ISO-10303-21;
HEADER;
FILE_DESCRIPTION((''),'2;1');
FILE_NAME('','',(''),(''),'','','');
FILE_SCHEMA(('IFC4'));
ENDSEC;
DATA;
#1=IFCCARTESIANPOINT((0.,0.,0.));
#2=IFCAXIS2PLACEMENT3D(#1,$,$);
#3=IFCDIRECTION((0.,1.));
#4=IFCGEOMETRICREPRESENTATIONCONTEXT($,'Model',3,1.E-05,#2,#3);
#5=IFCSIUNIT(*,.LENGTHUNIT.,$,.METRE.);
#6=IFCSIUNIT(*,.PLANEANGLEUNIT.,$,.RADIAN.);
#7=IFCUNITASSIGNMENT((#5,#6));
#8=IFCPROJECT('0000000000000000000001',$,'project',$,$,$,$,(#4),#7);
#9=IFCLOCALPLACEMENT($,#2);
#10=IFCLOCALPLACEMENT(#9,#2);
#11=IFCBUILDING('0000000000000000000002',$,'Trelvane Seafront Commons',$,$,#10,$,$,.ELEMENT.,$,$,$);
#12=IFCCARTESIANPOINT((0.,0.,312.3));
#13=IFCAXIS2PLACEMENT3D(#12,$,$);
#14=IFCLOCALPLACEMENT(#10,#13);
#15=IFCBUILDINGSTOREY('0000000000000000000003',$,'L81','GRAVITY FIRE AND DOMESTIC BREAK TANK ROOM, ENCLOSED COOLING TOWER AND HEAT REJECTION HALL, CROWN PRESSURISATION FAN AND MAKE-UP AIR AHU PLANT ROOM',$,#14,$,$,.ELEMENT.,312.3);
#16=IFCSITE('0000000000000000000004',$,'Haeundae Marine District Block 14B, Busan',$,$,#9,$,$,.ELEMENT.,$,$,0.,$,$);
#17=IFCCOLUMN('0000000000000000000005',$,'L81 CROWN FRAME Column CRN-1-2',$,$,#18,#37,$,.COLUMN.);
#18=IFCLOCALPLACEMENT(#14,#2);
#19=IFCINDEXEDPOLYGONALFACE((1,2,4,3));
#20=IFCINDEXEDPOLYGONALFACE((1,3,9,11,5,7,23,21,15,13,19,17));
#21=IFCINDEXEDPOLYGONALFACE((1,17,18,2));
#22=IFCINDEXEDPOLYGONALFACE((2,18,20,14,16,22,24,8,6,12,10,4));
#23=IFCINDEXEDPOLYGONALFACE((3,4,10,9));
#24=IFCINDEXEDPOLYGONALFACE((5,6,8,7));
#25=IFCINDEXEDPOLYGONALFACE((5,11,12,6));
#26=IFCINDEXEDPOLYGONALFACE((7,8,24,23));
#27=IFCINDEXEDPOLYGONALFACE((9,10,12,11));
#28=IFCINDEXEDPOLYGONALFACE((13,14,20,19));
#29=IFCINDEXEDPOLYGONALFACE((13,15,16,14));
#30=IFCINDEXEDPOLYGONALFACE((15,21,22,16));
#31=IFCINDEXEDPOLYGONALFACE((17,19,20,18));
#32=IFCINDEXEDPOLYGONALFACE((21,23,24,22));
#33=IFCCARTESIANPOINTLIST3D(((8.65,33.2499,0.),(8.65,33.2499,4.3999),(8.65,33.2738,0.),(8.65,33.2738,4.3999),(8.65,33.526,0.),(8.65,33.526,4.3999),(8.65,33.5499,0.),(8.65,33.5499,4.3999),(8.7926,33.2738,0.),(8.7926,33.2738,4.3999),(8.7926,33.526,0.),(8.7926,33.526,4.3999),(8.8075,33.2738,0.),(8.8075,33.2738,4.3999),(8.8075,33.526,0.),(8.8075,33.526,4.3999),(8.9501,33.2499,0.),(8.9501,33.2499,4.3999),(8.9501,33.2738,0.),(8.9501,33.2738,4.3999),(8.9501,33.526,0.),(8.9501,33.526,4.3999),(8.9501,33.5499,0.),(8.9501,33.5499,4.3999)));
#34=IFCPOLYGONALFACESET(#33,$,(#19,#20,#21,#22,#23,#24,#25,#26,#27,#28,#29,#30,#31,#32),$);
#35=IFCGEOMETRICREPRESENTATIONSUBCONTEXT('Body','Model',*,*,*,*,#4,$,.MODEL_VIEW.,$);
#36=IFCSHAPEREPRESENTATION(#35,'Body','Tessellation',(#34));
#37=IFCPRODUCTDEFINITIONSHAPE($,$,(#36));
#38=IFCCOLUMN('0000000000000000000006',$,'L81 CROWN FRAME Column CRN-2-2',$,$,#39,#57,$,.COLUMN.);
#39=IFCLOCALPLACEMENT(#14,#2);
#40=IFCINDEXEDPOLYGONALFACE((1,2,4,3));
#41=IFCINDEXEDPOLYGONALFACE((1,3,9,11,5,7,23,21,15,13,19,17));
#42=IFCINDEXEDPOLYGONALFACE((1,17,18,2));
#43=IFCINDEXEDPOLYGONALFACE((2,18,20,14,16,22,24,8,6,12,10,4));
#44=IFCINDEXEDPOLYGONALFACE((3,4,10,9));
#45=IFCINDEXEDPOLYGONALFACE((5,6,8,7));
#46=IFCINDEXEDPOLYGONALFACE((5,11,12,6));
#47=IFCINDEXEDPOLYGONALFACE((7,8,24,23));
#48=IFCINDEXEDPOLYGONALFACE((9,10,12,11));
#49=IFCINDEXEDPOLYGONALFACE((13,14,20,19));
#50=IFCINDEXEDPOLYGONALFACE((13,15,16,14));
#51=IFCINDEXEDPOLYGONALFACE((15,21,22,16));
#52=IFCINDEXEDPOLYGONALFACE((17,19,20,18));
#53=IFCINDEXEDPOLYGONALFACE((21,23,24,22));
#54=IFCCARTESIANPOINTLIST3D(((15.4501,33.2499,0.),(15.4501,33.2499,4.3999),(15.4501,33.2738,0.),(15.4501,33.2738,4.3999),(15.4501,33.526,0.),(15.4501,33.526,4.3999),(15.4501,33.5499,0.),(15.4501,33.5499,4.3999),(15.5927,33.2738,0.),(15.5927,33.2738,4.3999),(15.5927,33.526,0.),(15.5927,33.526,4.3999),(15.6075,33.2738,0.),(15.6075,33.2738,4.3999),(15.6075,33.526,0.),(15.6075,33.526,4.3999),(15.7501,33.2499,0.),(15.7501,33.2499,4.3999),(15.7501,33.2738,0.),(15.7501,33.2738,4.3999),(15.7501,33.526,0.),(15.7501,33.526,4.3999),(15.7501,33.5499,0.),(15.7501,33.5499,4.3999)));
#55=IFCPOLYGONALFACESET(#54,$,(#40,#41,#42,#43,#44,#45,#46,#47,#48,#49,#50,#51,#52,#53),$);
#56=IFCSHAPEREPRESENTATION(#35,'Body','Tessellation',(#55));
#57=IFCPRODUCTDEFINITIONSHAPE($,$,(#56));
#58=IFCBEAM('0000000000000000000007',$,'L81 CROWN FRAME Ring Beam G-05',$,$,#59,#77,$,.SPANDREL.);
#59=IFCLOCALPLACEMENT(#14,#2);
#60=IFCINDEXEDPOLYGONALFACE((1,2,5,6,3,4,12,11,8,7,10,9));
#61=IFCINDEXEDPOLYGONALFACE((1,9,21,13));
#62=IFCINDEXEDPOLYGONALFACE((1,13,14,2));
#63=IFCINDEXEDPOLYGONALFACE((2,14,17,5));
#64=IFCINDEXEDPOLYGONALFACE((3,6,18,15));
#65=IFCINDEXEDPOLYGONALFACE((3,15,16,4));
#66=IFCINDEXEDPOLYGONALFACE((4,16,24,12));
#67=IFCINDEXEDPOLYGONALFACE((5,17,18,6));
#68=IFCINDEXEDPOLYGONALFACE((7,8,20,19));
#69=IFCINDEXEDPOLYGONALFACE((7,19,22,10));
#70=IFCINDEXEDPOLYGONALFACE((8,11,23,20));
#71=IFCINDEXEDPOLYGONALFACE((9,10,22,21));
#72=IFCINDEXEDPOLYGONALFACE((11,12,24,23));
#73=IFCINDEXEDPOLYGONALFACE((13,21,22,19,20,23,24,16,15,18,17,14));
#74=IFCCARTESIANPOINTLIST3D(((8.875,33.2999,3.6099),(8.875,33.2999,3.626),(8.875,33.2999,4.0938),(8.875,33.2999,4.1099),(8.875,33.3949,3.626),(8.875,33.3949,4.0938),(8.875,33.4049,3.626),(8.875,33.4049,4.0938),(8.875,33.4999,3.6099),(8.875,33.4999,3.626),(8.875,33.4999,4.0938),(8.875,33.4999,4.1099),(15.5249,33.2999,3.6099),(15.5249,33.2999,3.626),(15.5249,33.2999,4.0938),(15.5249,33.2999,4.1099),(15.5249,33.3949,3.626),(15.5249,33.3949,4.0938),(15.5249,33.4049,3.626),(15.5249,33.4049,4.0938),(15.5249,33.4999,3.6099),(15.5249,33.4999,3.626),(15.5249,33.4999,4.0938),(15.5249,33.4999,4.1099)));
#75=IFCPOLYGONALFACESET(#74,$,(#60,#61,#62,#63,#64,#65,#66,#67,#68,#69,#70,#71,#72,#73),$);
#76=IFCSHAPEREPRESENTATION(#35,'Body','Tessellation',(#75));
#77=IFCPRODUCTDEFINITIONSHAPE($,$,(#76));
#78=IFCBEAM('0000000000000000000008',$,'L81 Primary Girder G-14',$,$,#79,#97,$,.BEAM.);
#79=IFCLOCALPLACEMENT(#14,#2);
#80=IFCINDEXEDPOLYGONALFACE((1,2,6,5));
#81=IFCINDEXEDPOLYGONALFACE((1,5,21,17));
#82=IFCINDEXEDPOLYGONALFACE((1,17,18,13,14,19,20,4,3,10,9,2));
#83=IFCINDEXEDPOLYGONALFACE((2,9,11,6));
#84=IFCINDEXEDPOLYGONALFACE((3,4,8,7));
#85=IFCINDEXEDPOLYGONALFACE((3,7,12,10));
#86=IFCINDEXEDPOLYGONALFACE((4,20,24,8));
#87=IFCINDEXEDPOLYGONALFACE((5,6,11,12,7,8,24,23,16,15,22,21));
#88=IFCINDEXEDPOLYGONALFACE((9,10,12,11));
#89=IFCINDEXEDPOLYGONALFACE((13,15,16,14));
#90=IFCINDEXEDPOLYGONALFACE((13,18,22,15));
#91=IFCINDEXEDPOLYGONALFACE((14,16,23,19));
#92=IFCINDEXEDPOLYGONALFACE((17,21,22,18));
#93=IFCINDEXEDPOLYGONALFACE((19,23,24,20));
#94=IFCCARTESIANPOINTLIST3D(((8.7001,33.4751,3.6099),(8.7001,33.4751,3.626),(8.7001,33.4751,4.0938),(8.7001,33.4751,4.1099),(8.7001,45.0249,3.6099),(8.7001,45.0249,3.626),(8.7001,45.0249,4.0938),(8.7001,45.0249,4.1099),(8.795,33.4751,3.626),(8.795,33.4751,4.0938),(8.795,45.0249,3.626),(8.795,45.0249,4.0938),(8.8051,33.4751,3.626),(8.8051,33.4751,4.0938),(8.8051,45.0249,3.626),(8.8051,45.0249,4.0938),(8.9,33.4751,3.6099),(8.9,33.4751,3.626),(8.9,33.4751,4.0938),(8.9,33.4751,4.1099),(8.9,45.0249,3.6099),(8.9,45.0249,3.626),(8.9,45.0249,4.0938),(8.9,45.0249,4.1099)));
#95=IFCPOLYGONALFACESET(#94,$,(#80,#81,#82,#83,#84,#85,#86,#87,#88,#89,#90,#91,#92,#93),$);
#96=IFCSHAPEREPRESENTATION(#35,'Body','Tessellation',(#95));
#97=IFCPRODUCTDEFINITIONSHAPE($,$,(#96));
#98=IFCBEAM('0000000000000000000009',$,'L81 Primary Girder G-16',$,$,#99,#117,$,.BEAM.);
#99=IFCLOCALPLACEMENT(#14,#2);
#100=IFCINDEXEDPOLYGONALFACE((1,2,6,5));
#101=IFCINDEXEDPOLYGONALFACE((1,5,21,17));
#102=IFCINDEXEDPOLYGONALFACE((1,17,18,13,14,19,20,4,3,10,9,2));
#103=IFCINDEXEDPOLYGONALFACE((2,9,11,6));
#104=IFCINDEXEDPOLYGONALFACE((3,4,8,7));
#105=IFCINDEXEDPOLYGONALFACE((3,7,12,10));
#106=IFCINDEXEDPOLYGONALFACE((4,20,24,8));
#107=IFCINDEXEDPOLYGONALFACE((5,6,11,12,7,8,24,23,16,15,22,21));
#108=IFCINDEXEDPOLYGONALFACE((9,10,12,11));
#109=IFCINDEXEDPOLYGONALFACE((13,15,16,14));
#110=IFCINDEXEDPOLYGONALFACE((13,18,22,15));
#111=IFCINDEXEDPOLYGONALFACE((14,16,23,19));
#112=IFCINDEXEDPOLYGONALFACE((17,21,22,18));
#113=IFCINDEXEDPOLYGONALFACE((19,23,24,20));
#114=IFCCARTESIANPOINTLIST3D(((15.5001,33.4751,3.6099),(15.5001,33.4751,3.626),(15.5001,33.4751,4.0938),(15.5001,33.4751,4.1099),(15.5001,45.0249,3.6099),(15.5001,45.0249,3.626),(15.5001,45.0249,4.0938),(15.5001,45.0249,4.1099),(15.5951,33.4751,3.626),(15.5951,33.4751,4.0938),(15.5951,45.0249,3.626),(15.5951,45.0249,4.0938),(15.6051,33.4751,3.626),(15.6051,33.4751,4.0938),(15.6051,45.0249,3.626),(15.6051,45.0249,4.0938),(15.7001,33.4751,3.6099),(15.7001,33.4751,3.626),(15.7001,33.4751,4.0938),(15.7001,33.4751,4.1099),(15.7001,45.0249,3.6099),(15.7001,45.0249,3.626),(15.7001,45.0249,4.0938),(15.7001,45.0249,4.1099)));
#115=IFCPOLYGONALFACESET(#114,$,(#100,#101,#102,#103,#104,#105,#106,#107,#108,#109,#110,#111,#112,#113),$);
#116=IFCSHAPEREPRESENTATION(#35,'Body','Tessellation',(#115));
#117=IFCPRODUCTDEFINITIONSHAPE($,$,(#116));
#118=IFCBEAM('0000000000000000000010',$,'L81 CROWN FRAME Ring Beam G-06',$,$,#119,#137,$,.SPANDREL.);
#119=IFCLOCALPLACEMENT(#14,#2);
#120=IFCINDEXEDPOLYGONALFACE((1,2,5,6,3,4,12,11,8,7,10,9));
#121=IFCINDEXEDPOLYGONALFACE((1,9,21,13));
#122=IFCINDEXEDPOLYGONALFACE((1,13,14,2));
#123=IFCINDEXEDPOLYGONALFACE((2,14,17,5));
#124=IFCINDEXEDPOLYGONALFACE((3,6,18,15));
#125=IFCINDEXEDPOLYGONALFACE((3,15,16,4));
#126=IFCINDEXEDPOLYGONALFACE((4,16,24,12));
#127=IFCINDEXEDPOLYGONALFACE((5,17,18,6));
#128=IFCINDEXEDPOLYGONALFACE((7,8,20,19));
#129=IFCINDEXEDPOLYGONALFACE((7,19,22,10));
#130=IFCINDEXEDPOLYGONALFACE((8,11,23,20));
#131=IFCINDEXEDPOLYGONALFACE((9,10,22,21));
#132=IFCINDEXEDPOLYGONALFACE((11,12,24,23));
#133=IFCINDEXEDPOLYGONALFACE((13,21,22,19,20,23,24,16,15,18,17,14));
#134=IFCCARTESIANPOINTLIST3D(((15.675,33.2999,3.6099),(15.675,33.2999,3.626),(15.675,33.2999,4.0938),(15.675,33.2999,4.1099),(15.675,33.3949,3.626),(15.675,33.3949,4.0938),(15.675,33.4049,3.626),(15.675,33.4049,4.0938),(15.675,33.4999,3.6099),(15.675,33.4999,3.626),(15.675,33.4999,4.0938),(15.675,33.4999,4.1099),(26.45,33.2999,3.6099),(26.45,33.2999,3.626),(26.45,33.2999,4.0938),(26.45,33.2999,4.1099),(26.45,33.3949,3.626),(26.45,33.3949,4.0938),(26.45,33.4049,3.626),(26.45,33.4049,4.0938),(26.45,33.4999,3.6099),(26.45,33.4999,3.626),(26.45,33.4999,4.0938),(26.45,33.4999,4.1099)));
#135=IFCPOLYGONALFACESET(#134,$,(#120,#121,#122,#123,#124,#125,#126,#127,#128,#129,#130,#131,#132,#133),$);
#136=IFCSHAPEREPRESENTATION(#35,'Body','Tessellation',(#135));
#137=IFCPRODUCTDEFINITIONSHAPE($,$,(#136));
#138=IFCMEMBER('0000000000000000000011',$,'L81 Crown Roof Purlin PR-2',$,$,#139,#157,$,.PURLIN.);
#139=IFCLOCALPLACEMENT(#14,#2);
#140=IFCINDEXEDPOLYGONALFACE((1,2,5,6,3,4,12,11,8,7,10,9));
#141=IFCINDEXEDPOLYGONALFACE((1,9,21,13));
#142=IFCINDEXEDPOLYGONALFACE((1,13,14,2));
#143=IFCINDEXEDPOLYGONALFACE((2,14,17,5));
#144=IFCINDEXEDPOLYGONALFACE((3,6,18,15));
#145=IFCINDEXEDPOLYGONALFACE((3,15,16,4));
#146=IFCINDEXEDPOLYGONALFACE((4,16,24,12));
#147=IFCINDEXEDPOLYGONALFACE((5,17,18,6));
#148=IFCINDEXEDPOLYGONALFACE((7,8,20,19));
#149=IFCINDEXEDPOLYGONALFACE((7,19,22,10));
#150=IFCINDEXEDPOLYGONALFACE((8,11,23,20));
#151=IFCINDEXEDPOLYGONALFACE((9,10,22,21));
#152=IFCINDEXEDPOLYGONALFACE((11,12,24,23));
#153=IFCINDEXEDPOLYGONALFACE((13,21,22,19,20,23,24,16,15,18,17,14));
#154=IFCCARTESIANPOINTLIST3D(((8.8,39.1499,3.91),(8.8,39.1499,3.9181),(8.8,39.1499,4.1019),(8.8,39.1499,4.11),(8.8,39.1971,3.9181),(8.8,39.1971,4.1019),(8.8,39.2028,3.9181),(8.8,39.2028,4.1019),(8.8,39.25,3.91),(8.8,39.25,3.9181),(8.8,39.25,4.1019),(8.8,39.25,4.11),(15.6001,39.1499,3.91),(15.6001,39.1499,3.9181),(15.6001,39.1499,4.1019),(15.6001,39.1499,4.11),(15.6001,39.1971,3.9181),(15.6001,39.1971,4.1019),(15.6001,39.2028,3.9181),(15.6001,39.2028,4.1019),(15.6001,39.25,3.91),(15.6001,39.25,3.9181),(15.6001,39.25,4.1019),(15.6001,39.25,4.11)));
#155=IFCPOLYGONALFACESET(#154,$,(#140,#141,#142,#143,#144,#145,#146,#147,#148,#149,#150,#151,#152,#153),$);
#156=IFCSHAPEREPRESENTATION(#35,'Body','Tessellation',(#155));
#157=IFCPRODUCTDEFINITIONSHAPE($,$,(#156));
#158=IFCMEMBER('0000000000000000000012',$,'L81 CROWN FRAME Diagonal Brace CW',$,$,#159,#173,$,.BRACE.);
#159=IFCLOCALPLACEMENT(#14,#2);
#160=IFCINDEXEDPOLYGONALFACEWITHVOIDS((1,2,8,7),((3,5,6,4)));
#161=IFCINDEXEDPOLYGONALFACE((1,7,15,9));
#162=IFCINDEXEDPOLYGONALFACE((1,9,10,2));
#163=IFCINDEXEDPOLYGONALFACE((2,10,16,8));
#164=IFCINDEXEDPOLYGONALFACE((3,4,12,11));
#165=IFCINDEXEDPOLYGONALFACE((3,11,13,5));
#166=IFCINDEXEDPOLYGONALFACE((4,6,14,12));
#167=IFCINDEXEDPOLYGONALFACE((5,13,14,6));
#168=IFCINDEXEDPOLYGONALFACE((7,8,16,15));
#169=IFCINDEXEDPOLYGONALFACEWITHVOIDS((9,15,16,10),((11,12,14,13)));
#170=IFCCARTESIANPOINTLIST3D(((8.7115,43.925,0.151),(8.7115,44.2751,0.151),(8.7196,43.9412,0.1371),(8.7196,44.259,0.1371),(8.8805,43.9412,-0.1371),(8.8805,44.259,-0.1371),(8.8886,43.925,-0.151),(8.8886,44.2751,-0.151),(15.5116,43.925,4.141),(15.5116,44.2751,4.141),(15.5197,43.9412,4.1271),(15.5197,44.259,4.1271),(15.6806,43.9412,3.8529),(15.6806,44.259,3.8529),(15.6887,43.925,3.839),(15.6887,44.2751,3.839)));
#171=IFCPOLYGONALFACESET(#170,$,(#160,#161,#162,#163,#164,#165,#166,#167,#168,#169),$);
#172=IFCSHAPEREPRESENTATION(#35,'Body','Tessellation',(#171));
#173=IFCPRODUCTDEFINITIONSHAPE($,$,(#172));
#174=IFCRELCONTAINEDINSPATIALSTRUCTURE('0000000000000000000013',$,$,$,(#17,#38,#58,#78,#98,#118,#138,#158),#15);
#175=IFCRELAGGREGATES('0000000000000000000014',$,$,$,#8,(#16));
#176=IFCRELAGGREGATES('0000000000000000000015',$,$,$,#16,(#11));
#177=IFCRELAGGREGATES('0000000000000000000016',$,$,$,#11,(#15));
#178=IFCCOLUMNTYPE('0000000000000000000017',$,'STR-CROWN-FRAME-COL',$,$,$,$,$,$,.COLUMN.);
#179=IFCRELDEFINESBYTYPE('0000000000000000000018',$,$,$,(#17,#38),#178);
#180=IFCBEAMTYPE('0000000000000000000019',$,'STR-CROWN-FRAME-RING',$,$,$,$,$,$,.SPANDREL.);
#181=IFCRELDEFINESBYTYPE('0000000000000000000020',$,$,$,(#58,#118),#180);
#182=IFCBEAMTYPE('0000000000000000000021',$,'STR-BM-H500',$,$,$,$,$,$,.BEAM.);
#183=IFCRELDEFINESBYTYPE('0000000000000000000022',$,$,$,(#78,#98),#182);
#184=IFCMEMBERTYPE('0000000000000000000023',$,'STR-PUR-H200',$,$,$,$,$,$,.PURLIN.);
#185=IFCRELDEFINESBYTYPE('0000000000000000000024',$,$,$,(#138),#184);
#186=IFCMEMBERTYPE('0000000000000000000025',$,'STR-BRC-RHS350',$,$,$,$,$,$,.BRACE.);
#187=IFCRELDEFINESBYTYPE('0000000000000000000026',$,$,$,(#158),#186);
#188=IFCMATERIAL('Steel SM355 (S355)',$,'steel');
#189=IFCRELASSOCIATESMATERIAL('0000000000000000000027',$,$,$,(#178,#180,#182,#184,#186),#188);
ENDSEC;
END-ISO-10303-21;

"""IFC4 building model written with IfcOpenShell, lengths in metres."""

from ifc_helpers import new_model, si_unit, direction, frame, origin, origin_2d, place, context, subcontext, project, spatial, hollow_rectangle, i_section, extrude, source, transform, mapped, material, material_profile, profile_set, type_object, element, save


model = new_model("IFC4")

# Units and contexts
model_context = context("Model", 3, precision=1e-05, world=origin(), true_north=direction((0.0, 1.0)))
body_context = subcontext(model_context, "Body", "Model", "MODEL_VIEW")
ifc_project = project(units=[si_unit("LENGTHUNIT", "METRE"), si_unit("PLANEANGLEUNIT", "RADIAN")], contexts=[model_context])

# Site, building, storey
site_placement = place(None, origin())
site = spatial("IfcSite", under=ifc_project, at=site_placement, Name="Haeundae Marine District Block 14B, Busan", CompositionType="ELEMENT", RefElevation=0.0)
building_placement = place(site_placement, origin())
building = spatial("IfcBuilding", under=site, at=building_placement, Name="Trelvane Seafront Commons", CompositionType="ELEMENT")
storey_placement = place(building_placement, frame((0.0, 0.0, 312.3)))
storey = spatial("IfcBuildingStorey", under=building, at=storey_placement, Name="L81", Description="GRAVITY FIRE AND DOMESTIC BREAK TANK ROOM, ENCLOSED COOLING TOWER AND HEAT REJECTION HALL, CROWN PRESSURISATION FAN AND MAKE-UP AIR AHU PLANT ROOM", CompositionType="ELEMENT", Elevation=312.3)

# Columns
ifc_material_1 = material(Name="Steel SM355 (S355)", Category="steel")
ifc_material_profile_1 = material_profile(ifc_material_1, i_section(OverallWidth=0.3, OverallDepth=0.3, WebThickness=0.0149, FlangeThickness=0.0239, at=origin_2d()), Name="HD-300x300x15x24")
ifc_profile_set_1 = profile_set([ifc_material_profile_1], Name="Steel SM355 (S355)")
column_type = type_object("IfcColumnType", Name="STR-CROWN-FRAME-COL", PredefinedType="COLUMN", material=ifc_profile_set_1)
shared_shape_1 = source(origin(), body_context, "Body", "SweptSolid", [
    extrude(i_section(OverallWidth=0.3, OverallDepth=0.3, WebThickness=0.0149, FlangeThickness=0.0239, at=origin_2d()), origin(), (0.0, 0.0, 1.0), 4.3999),
])
for number, where, z_axis, x_axis, name in (
    (1, (8.8, 33.3999, 0.0), (0.0, 0.0, 1.0), (1.0, 0.0, 0.0), "L81 CROWN FRAME Column CRN-1-2"),
    (2, (15.6001, 33.3999, 0.0), (0.0, 0.0, 1.0), (1.0, 0.0, 0.0), "L81 CROWN FRAME Column CRN-2-2"),
):
    element("IfcColumn", number, at=place(storey_placement, frame(where, z_axis=z_axis, x_axis=x_axis)), inside=storey, type_object=column_type, Name=name, PredefinedType="COLUMN", context=body_context, shape_type="MappedRepresentation", body=[
        mapped(shared_shape_1, transform((0.0, 0.0, 0.0), x_axis=(1.0, 0.0, 0.0), y_axis=(0.0, 1.0, 0.0), z_axis=(0.0, 0.0, 1.0), scale=1.0)),
    ])

# Beams
ifc_material_profile_2 = material_profile(ifc_material_1, i_section(OverallWidth=0.2, OverallDepth=0.5, WebThickness=0.01, FlangeThickness=0.0161, at=origin_2d()), Name="H-500x200x10x16")
ifc_profile_set_2 = profile_set([ifc_material_profile_2], Name="Steel SM355 (S355)")
beam_type_1 = type_object("IfcBeamType", Name="STR-CROWN-FRAME-RING", PredefinedType="SPANDREL", material=ifc_profile_set_2)
shared_shape_2 = source(origin(), body_context, "Body", "SweptSolid", [
    extrude(i_section(OverallWidth=0.2, OverallDepth=0.5, WebThickness=0.01, FlangeThickness=0.0161, at=origin_2d()), origin(), (0.0, 0.0, 1.0), 6.6499),
])
beam_1_placement = place(storey_placement, frame((8.875, 33.3999, 3.8599), z_axis=(1.0, 0.0, 0.0), x_axis=(0.0, 1.0, 0.0)))
element("IfcBeam", 3, at=beam_1_placement, inside=storey, type_object=beam_type_1, Name="L81 CROWN FRAME Ring Beam G-05", PredefinedType="SPANDREL", context=body_context, shape_type="MappedRepresentation", body=[
    mapped(shared_shape_2, transform((0.0, 0.0, 0.0), x_axis=(1.0, 0.0, 0.0), y_axis=(0.0, 1.0, 0.0), z_axis=(0.0, 0.0, 1.0), scale=1.0)),
])
ifc_material_profile_3 = material_profile(ifc_material_1, i_section(OverallWidth=0.2, OverallDepth=0.5, WebThickness=0.01, FlangeThickness=0.0161, at=origin_2d()), Name="H-500x200x10x16")
ifc_profile_set_3 = profile_set([ifc_material_profile_3], Name="Steel SM355 (S355)")
beam_type_2 = type_object("IfcBeamType", Name="STR-BM-H500", PredefinedType="BEAM", material=ifc_profile_set_3)
shared_shape_3 = source(origin(), body_context, "Body", "SweptSolid", [
    extrude(i_section(OverallWidth=0.2, OverallDepth=0.5, WebThickness=0.01, FlangeThickness=0.0161, at=origin_2d()), origin(), (0.0, 0.0, 1.0), 11.5498),
])
for number, where, z_axis, x_axis, name in (
    (4, (8.8, 33.4751, 3.8599), (0.0, 1.0, 0.0), (-1.0, 0.0, 0.0), "L81 Primary Girder G-14"),
    (5, (15.6001, 33.4751, 3.8599), (0.0, 1.0, 0.0), (-1.0, 0.0, 0.0), "L81 Primary Girder G-16"),
):
    element("IfcBeam", number, at=place(storey_placement, frame(where, z_axis=z_axis, x_axis=x_axis)), inside=storey, type_object=beam_type_2, Name=name, PredefinedType="BEAM", context=body_context, shape_type="MappedRepresentation", body=[
        mapped(shared_shape_3, transform((0.0, 0.0, 0.0), x_axis=(1.0, 0.0, 0.0), y_axis=(0.0, 1.0, 0.0), z_axis=(0.0, 0.0, 1.0), scale=1.0)),
    ])
shared_shape_4 = source(origin(), body_context, "Body", "SweptSolid", [
    extrude(i_section(OverallWidth=0.2, OverallDepth=0.5, WebThickness=0.01, FlangeThickness=0.0161, at=origin_2d()), origin(), (0.0, 0.0, 1.0), 10.7749),
])
beam_2_placement = place(storey_placement, frame((15.675, 33.3999, 3.8599), z_axis=(1.0, 0.0, 0.0), x_axis=(0.0, 1.0, 0.0)))
element("IfcBeam", 6, at=beam_2_placement, inside=storey, type_object=beam_type_1, Name="L81 CROWN FRAME Ring Beam G-06", PredefinedType="SPANDREL", context=body_context, shape_type="MappedRepresentation", body=[
    mapped(shared_shape_4, transform((0.0, 0.0, 0.0), x_axis=(1.0, 0.0, 0.0), y_axis=(0.0, 1.0, 0.0), z_axis=(0.0, 0.0, 1.0), scale=1.0)),
])

# Members
ifc_material_profile_4 = material_profile(ifc_material_1, i_section(OverallWidth=0.1001, OverallDepth=0.2, WebThickness=0.0056, FlangeThickness=0.0081, at=origin_2d()), Name="H-200x100x5.5x8")
ifc_profile_set_4 = profile_set([ifc_material_profile_4], Name="Steel SM355 (S355)")
member_type_1 = type_object("IfcMemberType", Name="STR-PUR-H200", PredefinedType="PURLIN", material=ifc_profile_set_4)
shared_shape_5 = source(origin(), body_context, "Body", "SweptSolid", [
    extrude(i_section(OverallWidth=0.1001, OverallDepth=0.2, WebThickness=0.0056, FlangeThickness=0.0081, at=origin_2d()), origin(), (0.0, 0.0, 1.0), 6.8),
])
member_1_placement = place(storey_placement, frame((8.8, 39.2, 4.01), z_axis=(1.0, 0.0, 0.0), x_axis=(0.0, 1.0, 0.0)))
element("IfcMember", 7, at=member_1_placement, inside=storey, type_object=member_type_1, Name="L81 Crown Roof Purlin PR-2", PredefinedType="PURLIN", context=body_context, shape_type="MappedRepresentation", body=[
    mapped(shared_shape_5, transform((0.0, 0.0, 0.0), x_axis=(1.0, 0.0, 0.0), y_axis=(0.0, 1.0, 0.0), z_axis=(0.0, 0.0, 1.0), scale=1.0)),
])
ifc_material_profile_5 = material_profile(ifc_material_1, hollow_rectangle(XDim=0.3501, YDim=0.3501, WallThickness=0.0161, at=origin_2d()), Name="RHS-350x350x16")
ifc_profile_set_5 = profile_set([ifc_material_profile_5], Name="Steel SM355 (S355)")
member_type_2 = type_object("IfcMemberType", Name="STR-BRC-RHS350", PredefinedType="BRACE", material=ifc_profile_set_5)
shared_shape_6 = source(origin(), body_context, "Body", "SweptSolid", [
    extrude(hollow_rectangle(XDim=0.3501, YDim=0.3501, WallThickness=0.0161, at=origin_2d()), origin(), (0.0, 0.0, 1.0), 7.8843),
])
member_2_placement = place(storey_placement, frame((8.8, 44.1001, 0.0), z_axis=(0.86249, 0.0, 0.506074), x_axis=(0.0, 1.0, 0.0)))
element("IfcMember", 8, at=member_2_placement, inside=storey, type_object=member_type_2, Name="L81 CROWN FRAME Diagonal Brace CW", PredefinedType="BRACE", context=body_context, shape_type="MappedRepresentation", body=[
    mapped(shared_shape_6, transform((0.0, 0.0, 0.0), x_axis=(1.0, 0.0, 0.0), y_axis=(0.0, 1.0, 0.0), z_axis=(0.0, 0.0, 1.0), scale=1.0)),
])

save(model, "model.ifc")
